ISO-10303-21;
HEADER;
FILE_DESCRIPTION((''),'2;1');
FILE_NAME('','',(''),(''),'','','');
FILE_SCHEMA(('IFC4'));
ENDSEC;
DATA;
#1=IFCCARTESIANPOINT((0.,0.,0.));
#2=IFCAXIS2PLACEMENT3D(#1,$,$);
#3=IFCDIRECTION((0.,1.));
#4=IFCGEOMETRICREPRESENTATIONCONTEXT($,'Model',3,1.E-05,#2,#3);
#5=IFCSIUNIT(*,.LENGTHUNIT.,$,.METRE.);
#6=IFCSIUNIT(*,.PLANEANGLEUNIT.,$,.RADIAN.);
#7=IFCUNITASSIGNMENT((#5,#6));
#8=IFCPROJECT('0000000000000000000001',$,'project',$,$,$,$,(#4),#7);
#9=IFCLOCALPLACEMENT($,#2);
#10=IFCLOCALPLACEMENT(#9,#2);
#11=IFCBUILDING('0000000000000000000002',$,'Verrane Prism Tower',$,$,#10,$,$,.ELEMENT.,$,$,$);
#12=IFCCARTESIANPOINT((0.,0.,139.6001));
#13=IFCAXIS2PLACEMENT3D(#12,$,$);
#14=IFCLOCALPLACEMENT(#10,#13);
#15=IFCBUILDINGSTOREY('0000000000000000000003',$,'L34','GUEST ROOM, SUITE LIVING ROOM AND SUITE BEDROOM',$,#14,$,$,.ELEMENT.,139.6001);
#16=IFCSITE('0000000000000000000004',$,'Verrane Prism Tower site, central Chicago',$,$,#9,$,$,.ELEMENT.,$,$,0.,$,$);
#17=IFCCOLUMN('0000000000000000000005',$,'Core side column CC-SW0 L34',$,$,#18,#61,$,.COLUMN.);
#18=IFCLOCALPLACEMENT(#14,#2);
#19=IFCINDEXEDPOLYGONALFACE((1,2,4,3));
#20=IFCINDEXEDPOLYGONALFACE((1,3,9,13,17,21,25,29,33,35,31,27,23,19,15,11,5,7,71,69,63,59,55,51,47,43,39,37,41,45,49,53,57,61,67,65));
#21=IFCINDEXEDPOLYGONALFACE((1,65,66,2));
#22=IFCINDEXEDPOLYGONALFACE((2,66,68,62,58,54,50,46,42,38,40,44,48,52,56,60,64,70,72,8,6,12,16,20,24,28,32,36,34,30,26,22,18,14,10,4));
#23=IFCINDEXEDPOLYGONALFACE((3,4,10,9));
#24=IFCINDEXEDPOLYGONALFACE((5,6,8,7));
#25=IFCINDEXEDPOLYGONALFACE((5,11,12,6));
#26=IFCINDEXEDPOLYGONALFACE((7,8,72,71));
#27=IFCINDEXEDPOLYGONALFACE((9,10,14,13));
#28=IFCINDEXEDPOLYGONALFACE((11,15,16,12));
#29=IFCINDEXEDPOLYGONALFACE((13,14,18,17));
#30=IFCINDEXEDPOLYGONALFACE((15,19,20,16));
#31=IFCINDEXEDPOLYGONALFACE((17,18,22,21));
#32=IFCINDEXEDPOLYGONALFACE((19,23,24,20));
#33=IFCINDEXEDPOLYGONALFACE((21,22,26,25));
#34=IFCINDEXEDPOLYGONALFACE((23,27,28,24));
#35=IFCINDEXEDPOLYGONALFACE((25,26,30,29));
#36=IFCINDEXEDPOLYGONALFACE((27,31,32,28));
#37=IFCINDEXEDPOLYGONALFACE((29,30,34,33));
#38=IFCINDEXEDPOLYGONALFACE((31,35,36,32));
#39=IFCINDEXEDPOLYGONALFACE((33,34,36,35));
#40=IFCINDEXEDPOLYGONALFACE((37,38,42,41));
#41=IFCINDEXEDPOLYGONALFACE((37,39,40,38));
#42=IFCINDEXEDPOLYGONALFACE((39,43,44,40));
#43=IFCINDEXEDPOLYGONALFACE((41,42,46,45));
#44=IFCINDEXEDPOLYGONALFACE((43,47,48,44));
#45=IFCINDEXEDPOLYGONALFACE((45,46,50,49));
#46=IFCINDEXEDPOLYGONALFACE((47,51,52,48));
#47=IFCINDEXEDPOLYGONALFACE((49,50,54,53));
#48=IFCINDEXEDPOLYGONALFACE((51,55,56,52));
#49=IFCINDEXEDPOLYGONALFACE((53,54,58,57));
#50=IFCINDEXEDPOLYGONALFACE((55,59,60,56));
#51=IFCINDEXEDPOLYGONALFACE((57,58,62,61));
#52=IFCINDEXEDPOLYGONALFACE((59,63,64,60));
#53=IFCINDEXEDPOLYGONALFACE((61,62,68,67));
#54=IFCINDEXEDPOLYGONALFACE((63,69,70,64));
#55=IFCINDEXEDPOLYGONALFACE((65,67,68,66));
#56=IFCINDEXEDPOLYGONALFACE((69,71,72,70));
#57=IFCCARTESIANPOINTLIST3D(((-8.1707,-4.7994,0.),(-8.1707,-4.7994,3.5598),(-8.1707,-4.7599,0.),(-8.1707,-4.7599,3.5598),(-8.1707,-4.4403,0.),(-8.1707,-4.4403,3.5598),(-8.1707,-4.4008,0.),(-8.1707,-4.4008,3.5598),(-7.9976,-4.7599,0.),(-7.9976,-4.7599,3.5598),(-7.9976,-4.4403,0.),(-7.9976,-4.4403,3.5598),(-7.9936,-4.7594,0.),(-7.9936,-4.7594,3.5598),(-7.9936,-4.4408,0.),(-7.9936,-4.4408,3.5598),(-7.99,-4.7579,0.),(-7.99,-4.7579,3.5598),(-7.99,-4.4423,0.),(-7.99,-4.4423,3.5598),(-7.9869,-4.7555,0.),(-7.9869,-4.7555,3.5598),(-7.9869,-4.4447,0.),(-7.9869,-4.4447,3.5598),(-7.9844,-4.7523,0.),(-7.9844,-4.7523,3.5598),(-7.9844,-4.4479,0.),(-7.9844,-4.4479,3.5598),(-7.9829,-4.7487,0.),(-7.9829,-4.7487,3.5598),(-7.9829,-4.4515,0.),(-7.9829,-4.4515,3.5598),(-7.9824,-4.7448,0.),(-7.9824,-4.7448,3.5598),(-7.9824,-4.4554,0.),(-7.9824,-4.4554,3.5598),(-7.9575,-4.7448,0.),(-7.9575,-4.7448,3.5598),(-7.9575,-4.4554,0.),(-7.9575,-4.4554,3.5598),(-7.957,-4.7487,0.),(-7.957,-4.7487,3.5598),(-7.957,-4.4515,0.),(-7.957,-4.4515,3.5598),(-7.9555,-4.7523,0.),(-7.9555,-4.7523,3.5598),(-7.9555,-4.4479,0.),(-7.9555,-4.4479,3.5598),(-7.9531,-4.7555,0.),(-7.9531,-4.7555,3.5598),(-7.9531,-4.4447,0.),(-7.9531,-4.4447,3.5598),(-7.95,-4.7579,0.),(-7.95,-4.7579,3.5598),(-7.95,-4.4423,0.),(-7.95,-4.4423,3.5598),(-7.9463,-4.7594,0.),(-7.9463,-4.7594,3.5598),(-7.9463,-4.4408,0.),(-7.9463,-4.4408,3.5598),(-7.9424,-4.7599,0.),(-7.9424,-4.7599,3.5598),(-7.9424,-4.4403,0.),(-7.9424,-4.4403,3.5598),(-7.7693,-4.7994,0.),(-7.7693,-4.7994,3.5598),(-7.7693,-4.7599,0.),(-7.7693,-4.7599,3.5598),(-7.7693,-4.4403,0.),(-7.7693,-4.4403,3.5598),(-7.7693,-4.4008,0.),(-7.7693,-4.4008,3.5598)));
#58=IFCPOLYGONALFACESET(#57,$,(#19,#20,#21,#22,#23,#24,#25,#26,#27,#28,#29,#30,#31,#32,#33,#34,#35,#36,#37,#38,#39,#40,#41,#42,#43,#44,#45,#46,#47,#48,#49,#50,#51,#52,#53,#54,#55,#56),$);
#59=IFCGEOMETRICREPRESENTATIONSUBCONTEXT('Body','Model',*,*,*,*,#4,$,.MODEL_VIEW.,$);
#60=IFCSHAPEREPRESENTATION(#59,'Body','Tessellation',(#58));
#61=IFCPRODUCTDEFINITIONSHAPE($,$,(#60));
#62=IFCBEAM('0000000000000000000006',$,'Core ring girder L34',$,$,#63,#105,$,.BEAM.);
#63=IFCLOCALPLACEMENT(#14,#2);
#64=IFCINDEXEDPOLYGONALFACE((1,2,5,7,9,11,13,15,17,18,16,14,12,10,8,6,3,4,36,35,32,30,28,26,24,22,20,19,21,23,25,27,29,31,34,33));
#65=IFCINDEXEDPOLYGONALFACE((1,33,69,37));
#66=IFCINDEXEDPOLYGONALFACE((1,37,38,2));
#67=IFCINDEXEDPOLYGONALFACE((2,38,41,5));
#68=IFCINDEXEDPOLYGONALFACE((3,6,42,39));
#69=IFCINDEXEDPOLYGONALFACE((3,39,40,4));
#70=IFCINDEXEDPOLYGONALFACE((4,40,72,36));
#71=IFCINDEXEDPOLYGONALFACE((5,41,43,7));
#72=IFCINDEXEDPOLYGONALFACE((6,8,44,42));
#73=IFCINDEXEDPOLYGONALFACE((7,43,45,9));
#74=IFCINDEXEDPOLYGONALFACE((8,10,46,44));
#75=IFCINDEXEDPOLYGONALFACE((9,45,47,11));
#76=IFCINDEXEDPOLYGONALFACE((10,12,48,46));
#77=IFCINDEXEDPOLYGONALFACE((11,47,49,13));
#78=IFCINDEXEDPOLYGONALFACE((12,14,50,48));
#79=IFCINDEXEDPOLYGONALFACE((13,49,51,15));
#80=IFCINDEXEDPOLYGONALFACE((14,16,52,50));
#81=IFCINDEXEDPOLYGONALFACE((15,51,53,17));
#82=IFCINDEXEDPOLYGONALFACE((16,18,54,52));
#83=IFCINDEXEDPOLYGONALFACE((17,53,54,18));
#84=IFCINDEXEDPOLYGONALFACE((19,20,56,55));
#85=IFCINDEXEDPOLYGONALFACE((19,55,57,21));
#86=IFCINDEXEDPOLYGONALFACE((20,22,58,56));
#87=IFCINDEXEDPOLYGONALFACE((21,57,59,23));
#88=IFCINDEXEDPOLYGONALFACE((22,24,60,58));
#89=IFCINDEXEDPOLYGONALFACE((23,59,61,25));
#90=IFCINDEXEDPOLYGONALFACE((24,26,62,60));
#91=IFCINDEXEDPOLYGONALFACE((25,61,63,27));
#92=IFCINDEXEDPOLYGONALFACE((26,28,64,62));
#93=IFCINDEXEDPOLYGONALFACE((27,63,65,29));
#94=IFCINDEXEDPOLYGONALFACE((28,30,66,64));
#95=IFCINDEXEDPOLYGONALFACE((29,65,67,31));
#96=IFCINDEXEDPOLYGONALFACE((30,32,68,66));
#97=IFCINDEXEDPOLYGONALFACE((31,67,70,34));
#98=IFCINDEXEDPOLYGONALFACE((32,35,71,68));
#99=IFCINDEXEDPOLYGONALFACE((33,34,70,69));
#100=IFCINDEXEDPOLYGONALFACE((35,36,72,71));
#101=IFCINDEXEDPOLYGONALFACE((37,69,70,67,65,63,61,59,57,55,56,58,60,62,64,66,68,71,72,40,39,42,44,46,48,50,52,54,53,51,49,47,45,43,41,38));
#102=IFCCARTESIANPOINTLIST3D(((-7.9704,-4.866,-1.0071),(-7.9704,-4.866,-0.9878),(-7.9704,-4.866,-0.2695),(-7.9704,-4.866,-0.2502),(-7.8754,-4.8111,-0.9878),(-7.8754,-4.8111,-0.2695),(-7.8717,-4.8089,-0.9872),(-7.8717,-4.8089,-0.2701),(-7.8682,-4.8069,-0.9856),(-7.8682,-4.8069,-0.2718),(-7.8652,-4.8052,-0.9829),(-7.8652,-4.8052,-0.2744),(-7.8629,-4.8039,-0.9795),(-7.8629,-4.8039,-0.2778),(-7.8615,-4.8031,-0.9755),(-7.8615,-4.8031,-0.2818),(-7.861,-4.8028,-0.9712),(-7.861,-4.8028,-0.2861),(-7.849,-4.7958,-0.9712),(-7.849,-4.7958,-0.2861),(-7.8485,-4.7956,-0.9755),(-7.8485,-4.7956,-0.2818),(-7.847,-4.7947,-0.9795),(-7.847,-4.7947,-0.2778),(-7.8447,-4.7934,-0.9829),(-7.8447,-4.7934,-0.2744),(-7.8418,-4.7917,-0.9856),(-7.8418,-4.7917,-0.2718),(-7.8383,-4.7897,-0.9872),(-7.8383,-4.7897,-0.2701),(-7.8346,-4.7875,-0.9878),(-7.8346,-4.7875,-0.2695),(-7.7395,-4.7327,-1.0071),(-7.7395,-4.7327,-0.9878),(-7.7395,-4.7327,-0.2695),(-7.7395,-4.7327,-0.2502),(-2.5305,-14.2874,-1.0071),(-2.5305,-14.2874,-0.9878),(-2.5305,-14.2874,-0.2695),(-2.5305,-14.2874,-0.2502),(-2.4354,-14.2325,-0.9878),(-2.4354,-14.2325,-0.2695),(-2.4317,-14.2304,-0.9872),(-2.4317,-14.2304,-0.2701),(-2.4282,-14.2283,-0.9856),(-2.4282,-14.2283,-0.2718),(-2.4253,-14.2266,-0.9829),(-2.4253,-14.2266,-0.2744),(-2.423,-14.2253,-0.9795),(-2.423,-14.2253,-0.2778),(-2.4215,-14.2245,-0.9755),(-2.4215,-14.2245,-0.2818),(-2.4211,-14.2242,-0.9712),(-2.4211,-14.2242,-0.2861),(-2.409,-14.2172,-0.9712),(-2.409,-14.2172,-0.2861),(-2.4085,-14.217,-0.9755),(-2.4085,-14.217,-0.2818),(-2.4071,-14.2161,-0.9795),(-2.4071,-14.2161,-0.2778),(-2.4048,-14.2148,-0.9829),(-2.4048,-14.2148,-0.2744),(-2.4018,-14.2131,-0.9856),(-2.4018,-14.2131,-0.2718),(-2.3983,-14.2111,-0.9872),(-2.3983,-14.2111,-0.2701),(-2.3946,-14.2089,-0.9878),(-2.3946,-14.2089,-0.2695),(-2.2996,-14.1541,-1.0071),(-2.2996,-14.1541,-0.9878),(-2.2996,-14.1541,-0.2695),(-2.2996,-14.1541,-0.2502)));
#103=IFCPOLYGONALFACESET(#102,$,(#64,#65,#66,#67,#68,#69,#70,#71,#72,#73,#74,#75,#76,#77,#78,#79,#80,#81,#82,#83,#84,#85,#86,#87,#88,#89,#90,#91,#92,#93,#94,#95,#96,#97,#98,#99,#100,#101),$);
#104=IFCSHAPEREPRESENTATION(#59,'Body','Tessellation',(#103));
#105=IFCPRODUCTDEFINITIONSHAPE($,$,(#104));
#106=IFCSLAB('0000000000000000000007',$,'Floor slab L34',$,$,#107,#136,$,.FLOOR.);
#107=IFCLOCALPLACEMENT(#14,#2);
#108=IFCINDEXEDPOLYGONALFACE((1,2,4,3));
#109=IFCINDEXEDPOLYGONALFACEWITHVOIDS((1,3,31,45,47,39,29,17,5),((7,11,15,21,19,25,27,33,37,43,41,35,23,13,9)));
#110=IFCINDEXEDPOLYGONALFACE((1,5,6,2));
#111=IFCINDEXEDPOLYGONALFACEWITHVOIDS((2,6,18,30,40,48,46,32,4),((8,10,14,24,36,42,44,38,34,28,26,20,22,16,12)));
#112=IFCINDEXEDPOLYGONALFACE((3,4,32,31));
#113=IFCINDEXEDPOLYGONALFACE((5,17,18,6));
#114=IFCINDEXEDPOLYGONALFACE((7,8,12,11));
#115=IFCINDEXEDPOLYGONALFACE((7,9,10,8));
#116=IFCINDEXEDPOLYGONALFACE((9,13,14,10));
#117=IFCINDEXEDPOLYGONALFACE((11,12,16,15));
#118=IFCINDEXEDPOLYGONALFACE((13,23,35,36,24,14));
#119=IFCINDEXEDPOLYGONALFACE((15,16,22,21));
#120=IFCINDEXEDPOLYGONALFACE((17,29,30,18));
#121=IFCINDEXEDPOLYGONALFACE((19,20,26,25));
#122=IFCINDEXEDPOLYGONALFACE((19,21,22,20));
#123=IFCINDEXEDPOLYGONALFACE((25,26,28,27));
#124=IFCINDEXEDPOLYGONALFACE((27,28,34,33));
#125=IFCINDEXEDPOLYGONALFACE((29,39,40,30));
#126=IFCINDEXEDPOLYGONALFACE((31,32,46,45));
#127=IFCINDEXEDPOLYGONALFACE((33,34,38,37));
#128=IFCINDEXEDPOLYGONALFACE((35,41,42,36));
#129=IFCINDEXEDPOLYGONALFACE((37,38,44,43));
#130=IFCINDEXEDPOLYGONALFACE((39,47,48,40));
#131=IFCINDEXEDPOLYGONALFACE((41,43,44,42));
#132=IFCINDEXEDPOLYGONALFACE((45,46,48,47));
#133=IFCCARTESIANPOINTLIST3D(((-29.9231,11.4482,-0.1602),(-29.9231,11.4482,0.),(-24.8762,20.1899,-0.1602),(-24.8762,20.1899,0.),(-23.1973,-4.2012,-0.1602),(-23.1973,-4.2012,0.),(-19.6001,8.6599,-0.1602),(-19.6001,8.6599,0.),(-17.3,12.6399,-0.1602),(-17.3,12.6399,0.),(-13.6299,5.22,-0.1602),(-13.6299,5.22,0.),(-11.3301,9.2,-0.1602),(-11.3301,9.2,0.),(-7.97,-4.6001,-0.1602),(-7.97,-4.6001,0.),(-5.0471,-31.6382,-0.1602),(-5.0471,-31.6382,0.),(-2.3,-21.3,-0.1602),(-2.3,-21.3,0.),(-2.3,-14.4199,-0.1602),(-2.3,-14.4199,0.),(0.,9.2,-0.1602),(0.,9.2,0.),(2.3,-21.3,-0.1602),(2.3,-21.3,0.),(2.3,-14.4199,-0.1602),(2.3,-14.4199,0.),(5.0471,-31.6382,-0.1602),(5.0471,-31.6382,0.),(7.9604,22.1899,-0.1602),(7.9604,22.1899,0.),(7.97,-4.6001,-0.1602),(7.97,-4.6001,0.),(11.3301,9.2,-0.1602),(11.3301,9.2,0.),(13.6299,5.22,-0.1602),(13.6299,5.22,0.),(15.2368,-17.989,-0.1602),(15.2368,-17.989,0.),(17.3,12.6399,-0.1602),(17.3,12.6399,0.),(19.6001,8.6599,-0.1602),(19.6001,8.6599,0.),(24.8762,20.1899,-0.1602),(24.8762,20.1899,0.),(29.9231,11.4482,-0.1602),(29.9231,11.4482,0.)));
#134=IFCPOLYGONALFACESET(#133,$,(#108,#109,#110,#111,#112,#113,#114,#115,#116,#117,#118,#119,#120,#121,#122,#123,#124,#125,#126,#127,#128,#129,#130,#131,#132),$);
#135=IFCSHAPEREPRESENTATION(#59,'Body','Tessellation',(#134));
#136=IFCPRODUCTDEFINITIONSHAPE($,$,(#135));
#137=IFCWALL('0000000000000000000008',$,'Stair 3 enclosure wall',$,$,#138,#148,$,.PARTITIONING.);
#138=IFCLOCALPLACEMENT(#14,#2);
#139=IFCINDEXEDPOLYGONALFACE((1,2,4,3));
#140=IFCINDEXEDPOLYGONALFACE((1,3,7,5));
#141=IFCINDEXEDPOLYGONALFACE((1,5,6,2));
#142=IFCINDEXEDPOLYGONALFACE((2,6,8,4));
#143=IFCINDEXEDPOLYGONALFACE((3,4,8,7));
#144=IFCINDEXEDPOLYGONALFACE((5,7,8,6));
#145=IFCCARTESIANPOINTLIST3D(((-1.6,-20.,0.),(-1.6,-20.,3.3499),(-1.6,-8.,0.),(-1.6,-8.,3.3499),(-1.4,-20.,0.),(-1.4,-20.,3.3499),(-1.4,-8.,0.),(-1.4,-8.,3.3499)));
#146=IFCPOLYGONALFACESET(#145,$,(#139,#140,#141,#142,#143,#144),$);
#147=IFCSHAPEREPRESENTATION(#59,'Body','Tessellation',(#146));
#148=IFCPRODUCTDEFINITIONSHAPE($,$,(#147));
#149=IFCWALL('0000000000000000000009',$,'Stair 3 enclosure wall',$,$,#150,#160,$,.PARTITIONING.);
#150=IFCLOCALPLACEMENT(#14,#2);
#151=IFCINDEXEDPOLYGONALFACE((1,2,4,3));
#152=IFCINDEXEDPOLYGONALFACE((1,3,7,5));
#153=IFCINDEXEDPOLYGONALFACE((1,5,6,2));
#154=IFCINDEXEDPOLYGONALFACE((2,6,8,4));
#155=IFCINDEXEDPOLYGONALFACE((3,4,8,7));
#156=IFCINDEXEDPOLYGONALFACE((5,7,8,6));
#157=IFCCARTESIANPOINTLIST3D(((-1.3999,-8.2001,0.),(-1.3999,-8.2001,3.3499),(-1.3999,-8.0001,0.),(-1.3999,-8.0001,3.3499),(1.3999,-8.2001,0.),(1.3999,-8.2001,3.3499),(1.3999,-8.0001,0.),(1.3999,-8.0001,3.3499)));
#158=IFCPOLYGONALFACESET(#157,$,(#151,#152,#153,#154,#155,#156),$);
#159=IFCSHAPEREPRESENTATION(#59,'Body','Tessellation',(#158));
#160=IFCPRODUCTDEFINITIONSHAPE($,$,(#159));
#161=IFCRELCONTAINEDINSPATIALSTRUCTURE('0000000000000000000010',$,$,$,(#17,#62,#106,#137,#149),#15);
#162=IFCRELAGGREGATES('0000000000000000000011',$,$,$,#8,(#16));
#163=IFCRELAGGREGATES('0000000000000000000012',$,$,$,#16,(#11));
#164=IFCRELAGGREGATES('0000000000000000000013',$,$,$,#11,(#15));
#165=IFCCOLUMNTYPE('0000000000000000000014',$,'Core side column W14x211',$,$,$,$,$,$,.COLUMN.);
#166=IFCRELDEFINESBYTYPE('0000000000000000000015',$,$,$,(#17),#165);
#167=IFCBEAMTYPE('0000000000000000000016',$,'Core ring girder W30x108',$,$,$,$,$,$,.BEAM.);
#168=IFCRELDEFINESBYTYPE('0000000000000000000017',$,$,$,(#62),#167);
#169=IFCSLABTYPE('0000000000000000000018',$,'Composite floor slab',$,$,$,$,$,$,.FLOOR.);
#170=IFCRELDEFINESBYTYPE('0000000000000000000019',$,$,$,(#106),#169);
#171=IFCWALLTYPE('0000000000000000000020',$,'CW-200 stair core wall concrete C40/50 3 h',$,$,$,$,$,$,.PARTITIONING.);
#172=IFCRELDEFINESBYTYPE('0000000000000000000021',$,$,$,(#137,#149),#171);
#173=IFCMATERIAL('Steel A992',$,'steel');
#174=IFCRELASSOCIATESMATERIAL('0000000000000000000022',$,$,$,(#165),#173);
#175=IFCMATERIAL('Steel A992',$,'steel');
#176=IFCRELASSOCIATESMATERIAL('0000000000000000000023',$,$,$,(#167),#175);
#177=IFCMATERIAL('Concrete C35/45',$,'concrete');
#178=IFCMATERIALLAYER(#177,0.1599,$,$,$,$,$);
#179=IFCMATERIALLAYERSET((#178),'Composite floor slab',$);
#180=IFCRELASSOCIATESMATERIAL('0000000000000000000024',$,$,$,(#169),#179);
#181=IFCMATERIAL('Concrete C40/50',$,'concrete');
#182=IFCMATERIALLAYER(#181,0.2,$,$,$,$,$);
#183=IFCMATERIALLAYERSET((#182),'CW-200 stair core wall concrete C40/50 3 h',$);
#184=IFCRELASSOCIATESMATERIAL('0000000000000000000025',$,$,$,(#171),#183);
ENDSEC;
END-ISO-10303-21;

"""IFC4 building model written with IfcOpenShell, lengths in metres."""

from ifc_helpers import new_model, si_unit, direction, frame, frame_2d, origin, origin_2d, place, context, subcontext, project, spatial, polyline, rectangle, i_section, outline, extrude, material, layer, layer_set, material_profile, profile_set, type_object, element, save


model = new_model("IFC4")

# Units and contexts
model_context = context("Model", 3, precision=1e-05, world=origin(), true_north=direction((0.0, 1.0)))
body_context = subcontext(model_context, "Body", "Model", "MODEL_VIEW")
ifc_project = project(units=[si_unit("LENGTHUNIT", "METRE"), si_unit("PLANEANGLEUNIT", "RADIAN")], contexts=[model_context])

# Site, building, storey
site_placement = place(None, origin())
site = spatial("IfcSite", under=ifc_project, at=site_placement, Name="Verrane Prism Tower site, central Chicago", CompositionType="ELEMENT", RefElevation=0.0)
building_placement = place(site_placement, origin())
building = spatial("IfcBuilding", under=site, at=building_placement, Name="Verrane Prism Tower", CompositionType="ELEMENT")
storey_placement = place(building_placement, frame((0.0, 0.0, 139.6001)))
storey = spatial("IfcBuildingStorey", under=building, at=storey_placement, Name="L34", Description="GUEST ROOM, SUITE LIVING ROOM AND SUITE BEDROOM", CompositionType="ELEMENT", Elevation=139.6001)

# Column
ifc_material_1 = material(Name="Steel A992", Category="steel")
ifc_material_profile_1 = material_profile(ifc_material_1, i_section(OverallWidth=0.4014, OverallDepth=0.3987, WebThickness=0.0249, FlangeThickness=0.0396, FilletRadius=0.0151, at=origin_2d()), Name="W14x211")
ifc_profile_set_1 = profile_set([ifc_material_profile_1], Name="Steel A992")
column_type = type_object("IfcColumnType", Name="Core side column W14x211", PredefinedType="COLUMN", material=ifc_profile_set_1)
column_placement = place(storey_placement, frame((-7.97, -4.6001, 0.0), z_axis=(0.0, 0.0, 1.0), x_axis=(1.0, 0.0, 0.0)))
element("IfcColumn", 1, at=column_placement, inside=storey, type_object=column_type, Name="Core side column CC-SW0 L34", PredefinedType="COLUMN", context=body_context, shape_type="SweptSolid", body=[
    extrude(i_section(OverallWidth=0.4014, OverallDepth=0.3987, WebThickness=0.0249, FlangeThickness=0.0396, FilletRadius=0.0151, at=origin_2d()), origin(), (0.0, 0.0, 1.0), 3.5598),
])

# Beam
ifc_material_2 = material(Name="Steel A992", Category="steel")
ifc_material_profile_2 = material_profile(ifc_material_2, i_section(OverallWidth=0.2666, OverallDepth=0.7568, WebThickness=0.0139, FlangeThickness=0.0193, FilletRadius=0.0166, at=origin_2d()), Name="W30x108")
ifc_profile_set_2 = profile_set([ifc_material_profile_2], Name="Steel A992")
beam_type = type_object("IfcBeamType", Name="Core ring girder W30x108", PredefinedType="BEAM", material=ifc_profile_set_2)
beam_placement = place(storey_placement, frame((-7.855, -4.7993, -0.6287), z_axis=(0.500035, -0.866005, 0.0), x_axis=(0.866005, 0.500035, 0.0)))
element("IfcBeam", 2, at=beam_placement, inside=storey, type_object=beam_type, Name="Core ring girder L34", PredefinedType="BEAM", context=body_context, shape_type="SweptSolid", body=[
    extrude(i_section(OverallWidth=0.2666, OverallDepth=0.7568, WebThickness=0.0139, FlangeThickness=0.0193, FilletRadius=0.0166, at=origin_2d()), origin(), (0.0, 0.0, 1.0), 10.8792),
])

# Slab
ifc_material_3 = material(Name="Concrete C35/45", Category="concrete")
ifc_layer_1 = layer(ifc_material_3, 0.1599)
ifc_layer_set_1 = layer_set([ifc_layer_1], Name="Composite floor slab")
slab_type = type_object("IfcSlabType", Name="Composite floor slab", PredefinedType="FLOOR", material=ifc_layer_set_1)
slab_placement = place(storey_placement, frame((0.0, 0.0, -0.1602)))
element("IfcSlab", 3, at=slab_placement, inside=storey, type_object=slab_type, Name="Floor slab L34", PredefinedType="FLOOR", context=body_context, shape_type="SweptSolid", body=[
    extrude(outline(polyline([(15.2368, -17.989), (5.0471, -31.6382), (-5.0471, -31.6382), (-23.1973, -4.2012), (-29.9231, 11.4482), (-24.8762, 20.1899), (7.9604, 22.1899), (24.8762, 20.1899), (29.9231, 11.4482), (15.2368, -17.989)]), holes=[polyline([(19.6001, 8.6599), (17.3, 12.6399), (11.3301, 9.2), (0.0, 9.2), (-11.3301, 9.2), (-17.3, 12.6399), (-19.6001, 8.6599), (-13.6299, 5.22), (-7.97, -4.6001), (-2.3, -14.4199), (-2.3, -21.3), (2.3, -21.3), (2.3, -14.4199), (7.97, -4.6001), (13.6299, 5.22), (19.6001, 8.6599)])]), origin(), (0.0, 0.0, 1.0), 0.1602),
])

# Walls
ifc_material_4 = material(Name="Concrete C40/50", Category="concrete")
ifc_layer_2 = layer(ifc_material_4, 0.2)
ifc_layer_set_2 = layer_set([ifc_layer_2], Name="CW-200 stair core wall concrete C40/50 3 h")
wall_type_1 = type_object("IfcWallType", Name="CW-200 stair core wall concrete C40/50 3 h", PredefinedType="PARTITIONING", material=ifc_layer_set_2)
wall_1_placement = place(storey_placement, frame((-1.5, -8.0, 0.0), z_axis=(0.0, 0.0, 1.0), x_axis=(0.0, -1.0, 0.0)))
element("IfcWall", 4, at=wall_1_placement, inside=storey, type_object=wall_type_1, Name="Stair 3 enclosure wall", PredefinedType="PARTITIONING", context=body_context, shape_type="SweptSolid", body=[
    extrude(rectangle(XDim=12.0, YDim=0.2, at=frame_2d((6.0, 0.0))), origin(), (0.0, 0.0, 1.0), 3.3499),
])
wall_2_placement = place(storey_placement, frame((-1.3999, -8.1001, 0.0), z_axis=(0.0, 0.0, 1.0), x_axis=(1.0, 0.0, 0.0)))
element("IfcWall", 5, at=wall_2_placement, inside=storey, type_object=wall_type_1, Name="Stair 3 enclosure wall", PredefinedType="PARTITIONING", context=body_context, shape_type="SweptSolid", body=[
    extrude(rectangle(XDim=2.7998, YDim=0.2, at=frame_2d((1.3999, 0.0))), origin(), (0.0, 0.0, 1.0), 3.3499),
])

save(model, "model.ifc")
